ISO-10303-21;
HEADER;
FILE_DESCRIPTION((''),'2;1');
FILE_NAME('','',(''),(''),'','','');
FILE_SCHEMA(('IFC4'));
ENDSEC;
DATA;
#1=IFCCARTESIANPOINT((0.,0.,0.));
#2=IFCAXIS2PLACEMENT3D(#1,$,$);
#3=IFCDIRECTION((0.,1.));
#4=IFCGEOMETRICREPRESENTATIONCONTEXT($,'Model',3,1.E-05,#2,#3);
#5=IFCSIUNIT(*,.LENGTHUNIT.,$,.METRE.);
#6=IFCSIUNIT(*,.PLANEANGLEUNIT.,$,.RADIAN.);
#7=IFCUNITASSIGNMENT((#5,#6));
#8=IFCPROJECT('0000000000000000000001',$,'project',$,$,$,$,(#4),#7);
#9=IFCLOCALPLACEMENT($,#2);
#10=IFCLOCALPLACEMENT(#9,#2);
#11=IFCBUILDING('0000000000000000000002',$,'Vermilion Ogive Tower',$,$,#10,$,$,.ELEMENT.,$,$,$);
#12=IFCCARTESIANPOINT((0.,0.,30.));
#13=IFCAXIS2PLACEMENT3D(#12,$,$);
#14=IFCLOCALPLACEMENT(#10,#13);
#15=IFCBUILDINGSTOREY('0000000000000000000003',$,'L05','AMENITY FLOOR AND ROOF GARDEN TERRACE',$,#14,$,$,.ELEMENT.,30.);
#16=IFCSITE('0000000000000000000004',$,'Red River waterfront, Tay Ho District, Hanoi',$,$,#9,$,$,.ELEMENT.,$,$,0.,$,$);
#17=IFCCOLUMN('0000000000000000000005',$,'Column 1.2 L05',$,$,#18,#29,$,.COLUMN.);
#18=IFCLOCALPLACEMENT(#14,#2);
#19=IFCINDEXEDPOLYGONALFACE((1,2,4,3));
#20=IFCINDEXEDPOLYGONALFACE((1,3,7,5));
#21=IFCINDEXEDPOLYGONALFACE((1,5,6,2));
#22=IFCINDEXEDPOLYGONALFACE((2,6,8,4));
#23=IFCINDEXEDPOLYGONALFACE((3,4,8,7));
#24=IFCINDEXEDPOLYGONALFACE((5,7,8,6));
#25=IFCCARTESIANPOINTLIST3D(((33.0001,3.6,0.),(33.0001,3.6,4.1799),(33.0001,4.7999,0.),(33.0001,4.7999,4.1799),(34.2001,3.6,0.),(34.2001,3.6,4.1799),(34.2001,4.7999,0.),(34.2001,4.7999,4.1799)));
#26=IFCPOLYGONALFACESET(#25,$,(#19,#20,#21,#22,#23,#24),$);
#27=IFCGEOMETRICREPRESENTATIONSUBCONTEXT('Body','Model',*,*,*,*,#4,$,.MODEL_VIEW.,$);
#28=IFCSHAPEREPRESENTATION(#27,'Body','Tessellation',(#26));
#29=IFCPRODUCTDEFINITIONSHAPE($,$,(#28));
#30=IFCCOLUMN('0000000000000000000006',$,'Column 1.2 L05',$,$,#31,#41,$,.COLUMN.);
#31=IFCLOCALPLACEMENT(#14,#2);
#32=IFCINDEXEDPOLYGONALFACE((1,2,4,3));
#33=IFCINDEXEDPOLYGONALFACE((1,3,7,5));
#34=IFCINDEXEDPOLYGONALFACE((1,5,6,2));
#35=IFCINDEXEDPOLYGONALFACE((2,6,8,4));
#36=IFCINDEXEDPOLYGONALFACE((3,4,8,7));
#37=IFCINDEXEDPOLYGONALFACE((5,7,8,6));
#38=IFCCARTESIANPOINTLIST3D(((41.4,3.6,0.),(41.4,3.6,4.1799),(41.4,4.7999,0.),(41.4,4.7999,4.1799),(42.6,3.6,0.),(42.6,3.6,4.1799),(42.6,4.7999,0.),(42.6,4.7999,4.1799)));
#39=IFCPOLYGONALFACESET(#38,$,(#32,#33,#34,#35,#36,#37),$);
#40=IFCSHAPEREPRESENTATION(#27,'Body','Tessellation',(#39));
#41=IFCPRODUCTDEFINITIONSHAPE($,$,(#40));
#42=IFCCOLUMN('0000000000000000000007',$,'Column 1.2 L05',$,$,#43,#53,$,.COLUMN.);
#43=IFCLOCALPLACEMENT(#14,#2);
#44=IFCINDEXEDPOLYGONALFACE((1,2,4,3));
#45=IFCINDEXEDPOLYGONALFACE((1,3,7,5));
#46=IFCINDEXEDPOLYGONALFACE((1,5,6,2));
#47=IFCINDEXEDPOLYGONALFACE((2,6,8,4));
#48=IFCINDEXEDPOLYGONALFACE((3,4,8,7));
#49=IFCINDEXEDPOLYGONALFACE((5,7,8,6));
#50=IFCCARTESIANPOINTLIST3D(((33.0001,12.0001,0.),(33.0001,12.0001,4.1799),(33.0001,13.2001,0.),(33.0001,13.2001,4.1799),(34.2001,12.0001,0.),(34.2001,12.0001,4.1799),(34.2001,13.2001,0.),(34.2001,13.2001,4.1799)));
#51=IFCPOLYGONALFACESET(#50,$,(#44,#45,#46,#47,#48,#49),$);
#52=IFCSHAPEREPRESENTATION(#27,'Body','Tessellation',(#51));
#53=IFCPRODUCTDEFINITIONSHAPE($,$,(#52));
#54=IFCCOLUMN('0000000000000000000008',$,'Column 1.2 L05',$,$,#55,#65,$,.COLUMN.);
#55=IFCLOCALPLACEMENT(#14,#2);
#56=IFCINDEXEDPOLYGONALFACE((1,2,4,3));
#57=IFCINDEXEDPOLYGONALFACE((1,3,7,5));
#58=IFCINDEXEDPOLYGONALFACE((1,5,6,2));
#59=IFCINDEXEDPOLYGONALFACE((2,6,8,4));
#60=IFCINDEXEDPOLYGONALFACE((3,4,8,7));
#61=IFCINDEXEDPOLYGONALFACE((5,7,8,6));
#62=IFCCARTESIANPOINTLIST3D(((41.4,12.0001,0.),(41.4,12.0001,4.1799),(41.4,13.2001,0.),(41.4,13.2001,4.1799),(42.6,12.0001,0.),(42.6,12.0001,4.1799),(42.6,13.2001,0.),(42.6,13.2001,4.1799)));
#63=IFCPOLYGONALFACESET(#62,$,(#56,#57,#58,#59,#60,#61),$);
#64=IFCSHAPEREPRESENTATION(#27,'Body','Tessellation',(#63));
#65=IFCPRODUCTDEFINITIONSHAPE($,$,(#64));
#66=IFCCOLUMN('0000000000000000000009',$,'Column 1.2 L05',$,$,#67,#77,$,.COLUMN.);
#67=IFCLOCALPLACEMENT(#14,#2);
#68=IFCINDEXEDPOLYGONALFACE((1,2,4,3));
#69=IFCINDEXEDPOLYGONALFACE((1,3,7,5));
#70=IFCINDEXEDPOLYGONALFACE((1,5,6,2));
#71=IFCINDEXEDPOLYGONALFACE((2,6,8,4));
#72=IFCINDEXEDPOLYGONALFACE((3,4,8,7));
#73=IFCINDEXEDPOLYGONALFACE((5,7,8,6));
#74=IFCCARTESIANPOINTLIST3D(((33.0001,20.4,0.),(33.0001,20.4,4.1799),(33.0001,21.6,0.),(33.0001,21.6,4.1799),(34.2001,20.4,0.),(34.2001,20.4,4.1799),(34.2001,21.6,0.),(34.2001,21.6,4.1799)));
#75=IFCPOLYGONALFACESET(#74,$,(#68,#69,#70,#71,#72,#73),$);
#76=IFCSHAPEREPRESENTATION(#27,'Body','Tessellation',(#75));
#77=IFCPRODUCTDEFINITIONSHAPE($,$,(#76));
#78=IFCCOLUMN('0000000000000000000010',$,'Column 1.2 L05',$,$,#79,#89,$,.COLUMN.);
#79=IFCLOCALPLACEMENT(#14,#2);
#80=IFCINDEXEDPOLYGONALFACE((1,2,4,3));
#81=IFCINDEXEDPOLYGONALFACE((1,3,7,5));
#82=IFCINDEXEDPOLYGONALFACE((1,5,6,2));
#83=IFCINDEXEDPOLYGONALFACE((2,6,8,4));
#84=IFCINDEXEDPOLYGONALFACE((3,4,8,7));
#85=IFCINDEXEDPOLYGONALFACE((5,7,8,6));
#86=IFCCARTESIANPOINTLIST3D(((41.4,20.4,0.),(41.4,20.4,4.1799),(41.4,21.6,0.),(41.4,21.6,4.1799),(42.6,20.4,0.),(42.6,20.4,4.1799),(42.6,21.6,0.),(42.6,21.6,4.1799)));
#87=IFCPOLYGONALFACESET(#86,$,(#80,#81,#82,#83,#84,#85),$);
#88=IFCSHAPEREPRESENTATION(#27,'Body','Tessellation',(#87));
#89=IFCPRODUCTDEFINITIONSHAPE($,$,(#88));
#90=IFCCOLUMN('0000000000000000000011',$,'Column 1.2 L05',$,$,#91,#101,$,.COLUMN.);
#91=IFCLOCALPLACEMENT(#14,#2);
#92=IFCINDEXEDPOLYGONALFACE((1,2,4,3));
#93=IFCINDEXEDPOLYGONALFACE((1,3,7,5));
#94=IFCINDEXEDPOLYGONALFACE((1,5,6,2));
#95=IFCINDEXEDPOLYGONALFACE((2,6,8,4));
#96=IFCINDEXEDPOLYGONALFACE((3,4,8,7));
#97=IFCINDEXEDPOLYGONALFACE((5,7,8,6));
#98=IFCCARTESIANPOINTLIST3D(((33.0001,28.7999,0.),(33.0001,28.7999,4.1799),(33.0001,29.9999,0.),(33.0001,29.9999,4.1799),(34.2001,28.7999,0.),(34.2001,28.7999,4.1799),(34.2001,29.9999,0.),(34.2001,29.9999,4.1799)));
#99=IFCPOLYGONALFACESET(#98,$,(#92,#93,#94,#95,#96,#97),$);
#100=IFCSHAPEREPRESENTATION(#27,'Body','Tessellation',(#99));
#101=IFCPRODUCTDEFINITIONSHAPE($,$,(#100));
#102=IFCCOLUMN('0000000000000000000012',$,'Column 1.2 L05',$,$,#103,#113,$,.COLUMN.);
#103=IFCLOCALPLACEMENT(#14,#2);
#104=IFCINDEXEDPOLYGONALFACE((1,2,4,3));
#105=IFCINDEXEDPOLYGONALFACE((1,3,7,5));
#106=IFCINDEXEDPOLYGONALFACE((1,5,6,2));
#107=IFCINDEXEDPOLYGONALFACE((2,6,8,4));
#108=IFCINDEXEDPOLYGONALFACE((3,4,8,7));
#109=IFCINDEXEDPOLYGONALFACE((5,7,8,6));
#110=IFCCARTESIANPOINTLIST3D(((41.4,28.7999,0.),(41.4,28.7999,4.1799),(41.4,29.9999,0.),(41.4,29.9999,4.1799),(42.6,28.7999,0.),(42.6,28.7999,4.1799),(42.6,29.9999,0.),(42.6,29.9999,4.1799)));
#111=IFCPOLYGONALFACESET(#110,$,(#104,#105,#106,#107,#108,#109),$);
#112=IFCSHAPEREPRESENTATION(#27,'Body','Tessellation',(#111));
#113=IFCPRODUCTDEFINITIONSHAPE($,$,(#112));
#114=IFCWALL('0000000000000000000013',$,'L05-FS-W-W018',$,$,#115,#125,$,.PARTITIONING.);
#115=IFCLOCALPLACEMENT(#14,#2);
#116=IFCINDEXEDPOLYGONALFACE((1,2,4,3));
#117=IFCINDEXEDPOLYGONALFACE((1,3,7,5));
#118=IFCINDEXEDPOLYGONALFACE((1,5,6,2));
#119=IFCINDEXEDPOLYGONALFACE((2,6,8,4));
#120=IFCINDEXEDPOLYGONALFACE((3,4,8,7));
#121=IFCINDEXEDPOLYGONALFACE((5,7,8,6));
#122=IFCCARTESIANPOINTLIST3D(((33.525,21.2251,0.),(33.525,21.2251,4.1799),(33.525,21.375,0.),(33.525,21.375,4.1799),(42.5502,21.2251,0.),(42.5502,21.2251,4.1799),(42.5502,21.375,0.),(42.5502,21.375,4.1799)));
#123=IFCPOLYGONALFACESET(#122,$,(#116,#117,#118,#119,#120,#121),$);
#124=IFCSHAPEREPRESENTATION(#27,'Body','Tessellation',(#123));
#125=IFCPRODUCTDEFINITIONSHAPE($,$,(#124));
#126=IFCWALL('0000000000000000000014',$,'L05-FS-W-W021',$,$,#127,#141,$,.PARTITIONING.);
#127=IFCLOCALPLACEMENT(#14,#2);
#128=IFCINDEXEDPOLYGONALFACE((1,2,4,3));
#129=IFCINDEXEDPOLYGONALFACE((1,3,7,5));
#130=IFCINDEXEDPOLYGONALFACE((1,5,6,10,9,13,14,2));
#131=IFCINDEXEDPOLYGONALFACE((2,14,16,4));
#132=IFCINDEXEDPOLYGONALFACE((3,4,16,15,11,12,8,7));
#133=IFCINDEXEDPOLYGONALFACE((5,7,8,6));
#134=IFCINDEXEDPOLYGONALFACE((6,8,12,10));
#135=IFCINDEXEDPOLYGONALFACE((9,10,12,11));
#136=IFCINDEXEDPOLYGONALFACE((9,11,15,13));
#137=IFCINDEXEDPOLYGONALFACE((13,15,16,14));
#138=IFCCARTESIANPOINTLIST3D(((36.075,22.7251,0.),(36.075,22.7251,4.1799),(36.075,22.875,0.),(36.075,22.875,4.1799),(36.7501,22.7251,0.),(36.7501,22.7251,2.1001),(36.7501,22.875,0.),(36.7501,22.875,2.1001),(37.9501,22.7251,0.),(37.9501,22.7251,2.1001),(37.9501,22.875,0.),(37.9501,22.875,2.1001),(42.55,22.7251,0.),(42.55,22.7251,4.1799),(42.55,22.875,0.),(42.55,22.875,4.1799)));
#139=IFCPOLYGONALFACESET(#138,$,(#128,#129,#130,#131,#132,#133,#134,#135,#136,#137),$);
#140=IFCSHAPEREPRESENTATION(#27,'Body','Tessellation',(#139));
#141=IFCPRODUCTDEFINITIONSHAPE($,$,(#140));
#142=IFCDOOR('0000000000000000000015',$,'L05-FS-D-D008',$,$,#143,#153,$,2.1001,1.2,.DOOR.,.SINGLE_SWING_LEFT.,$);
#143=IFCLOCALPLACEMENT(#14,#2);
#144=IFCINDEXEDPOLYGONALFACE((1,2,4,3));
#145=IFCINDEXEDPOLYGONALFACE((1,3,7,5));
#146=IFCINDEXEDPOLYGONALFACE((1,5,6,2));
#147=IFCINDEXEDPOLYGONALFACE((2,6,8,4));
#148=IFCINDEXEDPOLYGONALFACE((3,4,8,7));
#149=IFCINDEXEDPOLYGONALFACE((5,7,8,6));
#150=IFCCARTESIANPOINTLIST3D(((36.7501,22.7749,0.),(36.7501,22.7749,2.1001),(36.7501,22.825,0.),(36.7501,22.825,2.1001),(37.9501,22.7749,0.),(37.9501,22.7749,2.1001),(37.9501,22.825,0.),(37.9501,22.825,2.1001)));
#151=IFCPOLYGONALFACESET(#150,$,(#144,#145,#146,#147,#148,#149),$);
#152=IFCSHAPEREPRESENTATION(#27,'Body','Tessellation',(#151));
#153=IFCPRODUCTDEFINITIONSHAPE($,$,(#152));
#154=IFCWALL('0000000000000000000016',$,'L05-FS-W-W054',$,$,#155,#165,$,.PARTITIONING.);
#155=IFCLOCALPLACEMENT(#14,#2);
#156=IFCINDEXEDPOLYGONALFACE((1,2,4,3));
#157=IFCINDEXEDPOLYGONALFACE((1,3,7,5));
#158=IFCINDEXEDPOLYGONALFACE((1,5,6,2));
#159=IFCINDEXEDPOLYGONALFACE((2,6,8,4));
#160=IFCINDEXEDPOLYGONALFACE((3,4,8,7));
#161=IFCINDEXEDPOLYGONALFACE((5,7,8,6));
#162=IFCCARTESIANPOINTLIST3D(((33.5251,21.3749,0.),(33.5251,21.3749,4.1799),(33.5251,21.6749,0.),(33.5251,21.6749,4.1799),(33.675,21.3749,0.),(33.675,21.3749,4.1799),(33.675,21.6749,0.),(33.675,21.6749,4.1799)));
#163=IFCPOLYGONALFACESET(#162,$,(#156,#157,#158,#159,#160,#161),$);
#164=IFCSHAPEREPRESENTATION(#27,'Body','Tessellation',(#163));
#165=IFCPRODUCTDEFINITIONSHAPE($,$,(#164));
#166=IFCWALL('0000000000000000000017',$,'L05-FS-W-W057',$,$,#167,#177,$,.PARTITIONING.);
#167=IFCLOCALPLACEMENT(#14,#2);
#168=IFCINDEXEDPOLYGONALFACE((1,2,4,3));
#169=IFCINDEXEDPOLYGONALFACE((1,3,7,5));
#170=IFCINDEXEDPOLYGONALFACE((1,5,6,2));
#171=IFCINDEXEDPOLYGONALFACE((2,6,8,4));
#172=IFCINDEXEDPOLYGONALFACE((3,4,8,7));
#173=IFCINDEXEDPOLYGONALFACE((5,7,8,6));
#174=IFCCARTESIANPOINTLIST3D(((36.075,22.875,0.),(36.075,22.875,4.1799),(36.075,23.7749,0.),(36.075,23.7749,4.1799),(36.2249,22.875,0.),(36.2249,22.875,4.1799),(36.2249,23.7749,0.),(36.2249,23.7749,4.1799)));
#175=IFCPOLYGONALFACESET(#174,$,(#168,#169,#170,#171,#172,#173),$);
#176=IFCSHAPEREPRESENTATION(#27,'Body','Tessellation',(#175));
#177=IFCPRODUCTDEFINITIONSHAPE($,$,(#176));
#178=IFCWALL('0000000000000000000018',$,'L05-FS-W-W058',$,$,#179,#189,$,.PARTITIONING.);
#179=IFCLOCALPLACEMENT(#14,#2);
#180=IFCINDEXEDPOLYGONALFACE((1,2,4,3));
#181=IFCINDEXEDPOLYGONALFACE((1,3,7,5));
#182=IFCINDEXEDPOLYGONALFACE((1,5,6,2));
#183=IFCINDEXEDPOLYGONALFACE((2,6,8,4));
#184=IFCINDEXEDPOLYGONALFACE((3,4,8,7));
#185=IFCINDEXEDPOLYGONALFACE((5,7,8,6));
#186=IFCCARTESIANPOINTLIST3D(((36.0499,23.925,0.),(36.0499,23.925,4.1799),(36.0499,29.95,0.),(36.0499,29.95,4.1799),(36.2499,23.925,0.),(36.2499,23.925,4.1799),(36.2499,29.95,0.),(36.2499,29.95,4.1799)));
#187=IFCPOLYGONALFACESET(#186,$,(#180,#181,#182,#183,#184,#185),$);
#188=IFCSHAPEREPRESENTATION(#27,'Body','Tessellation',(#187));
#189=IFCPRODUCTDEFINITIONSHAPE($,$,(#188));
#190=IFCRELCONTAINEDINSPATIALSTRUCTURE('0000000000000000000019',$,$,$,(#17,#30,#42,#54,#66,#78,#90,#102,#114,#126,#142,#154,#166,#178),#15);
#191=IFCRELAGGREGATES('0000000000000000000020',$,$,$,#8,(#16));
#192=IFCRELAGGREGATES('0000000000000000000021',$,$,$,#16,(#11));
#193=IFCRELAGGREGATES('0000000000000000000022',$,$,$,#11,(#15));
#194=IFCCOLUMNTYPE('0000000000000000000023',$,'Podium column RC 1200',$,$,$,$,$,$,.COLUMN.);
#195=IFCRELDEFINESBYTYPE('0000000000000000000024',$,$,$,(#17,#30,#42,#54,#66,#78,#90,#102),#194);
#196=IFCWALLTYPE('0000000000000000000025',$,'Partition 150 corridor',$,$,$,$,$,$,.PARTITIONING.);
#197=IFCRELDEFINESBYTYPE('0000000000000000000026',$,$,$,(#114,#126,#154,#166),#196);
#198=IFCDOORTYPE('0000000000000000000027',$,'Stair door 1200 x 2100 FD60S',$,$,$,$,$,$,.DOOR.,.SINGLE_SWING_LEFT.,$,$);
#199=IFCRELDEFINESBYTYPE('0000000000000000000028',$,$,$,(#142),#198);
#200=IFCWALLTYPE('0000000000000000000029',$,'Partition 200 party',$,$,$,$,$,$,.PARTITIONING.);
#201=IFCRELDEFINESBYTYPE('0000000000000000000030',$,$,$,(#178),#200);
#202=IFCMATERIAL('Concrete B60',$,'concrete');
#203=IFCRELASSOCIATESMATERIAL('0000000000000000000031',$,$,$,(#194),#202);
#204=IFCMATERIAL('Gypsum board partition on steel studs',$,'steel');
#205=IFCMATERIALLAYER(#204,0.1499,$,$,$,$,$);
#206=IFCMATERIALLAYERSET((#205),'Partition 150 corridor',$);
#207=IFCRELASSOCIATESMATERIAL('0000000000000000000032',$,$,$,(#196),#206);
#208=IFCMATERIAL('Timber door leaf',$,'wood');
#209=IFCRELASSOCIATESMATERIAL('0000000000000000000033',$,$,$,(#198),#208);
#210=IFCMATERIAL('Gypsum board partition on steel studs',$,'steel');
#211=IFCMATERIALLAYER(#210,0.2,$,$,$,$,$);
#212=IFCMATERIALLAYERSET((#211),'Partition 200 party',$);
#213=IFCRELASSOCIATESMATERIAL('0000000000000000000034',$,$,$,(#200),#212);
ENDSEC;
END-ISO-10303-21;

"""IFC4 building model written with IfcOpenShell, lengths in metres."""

from ifc_helpers import new_model, si_unit, direction, frame, frame_2d, origin, origin_2d, place, context, subcontext, project, spatial, rectangle, extrude, material, layer, layer_set, material_profile, profile_set, type_object, element, fill, save


model = new_model("IFC4")

# Units and contexts
model_context = context("Model", 3, precision=1e-05, world=origin(), true_north=direction((0.0, 1.0)))
body_context = subcontext(model_context, "Body", "Model", "MODEL_VIEW")
ifc_project = project(units=[si_unit("LENGTHUNIT", "METRE"), si_unit("PLANEANGLEUNIT", "RADIAN")], contexts=[model_context])

# Site, building, storey
site_placement = place(None, origin())
site = spatial("IfcSite", under=ifc_project, at=site_placement, Name="Red River waterfront, Tay Ho District, Hanoi", CompositionType="ELEMENT", RefElevation=0.0)
building_placement = place(site_placement, origin())
building = spatial("IfcBuilding", under=site, at=building_placement, Name="Vermilion Ogive Tower", CompositionType="ELEMENT")
storey_placement = place(building_placement, frame((0.0, 0.0, 30.0)))
storey = spatial("IfcBuildingStorey", under=building, at=storey_placement, Name="L05", Description="AMENITY FLOOR AND ROOF GARDEN TERRACE", CompositionType="ELEMENT", Elevation=30.0)

# Columns
ifc_material_1 = material(Name="Concrete B60", Category="concrete")
ifc_material_profile = material_profile(ifc_material_1, rectangle(XDim=1.2, YDim=1.2, at=origin_2d()), Name="RC 1200x1200")
ifc_profile_set = profile_set([ifc_material_profile], Name="Concrete B60")
column_type = type_object("IfcColumnType", Name="Podium column RC 1200", PredefinedType="COLUMN", material=ifc_profile_set)
for number, where, z_axis, x_axis, name in (
    (1, (33.6001, 4.2, 0.0), (0.0, 0.0, 1.0), (1.0, 0.0, 0.0), "Column 1.2 L05"),
    (2, (42.0, 4.2, 0.0), (0.0, 0.0, 1.0), (1.0, 0.0, 0.0), "Column 1.2 L05"),
    (3, (33.6001, 12.6001, 0.0), (0.0, 0.0, 1.0), (1.0, 0.0, 0.0), "Column 1.2 L05"),
    (4, (42.0, 12.6001, 0.0), (0.0, 0.0, 1.0), (1.0, 0.0, 0.0), "Column 1.2 L05"),
    (5, (33.6001, 21.0, 0.0), (0.0, 0.0, 1.0), (1.0, 0.0, 0.0), "Column 1.2 L05"),
    (6, (42.0, 21.0, 0.0), (0.0, 0.0, 1.0), (1.0, 0.0, 0.0), "Column 1.2 L05"),
    (7, (33.6001, 29.3999, 0.0), (0.0, 0.0, 1.0), (1.0, 0.0, 0.0), "Column 1.2 L05"),
    (8, (42.0, 29.3999, 0.0), (0.0, 0.0, 1.0), (1.0, 0.0, 0.0), "Column 1.2 L05"),
):
    element("IfcColumn", number, at=place(storey_placement, frame(where, z_axis=z_axis, x_axis=x_axis)), inside=storey, type_object=column_type, Name=name, PredefinedType="COLUMN", context=body_context, shape_type="SweptSolid", body=[
        extrude(rectangle(XDim=1.2, YDim=1.2, at=origin_2d()), origin(), (0.0, 0.0, 1.0), 4.1799),
    ])

# Wall
ifc_material_2 = material(Name="Gypsum board partition on steel studs", Category="steel")
ifc_layer_1 = layer(ifc_material_2, 0.1499)
ifc_layer_set_1 = layer_set([ifc_layer_1], Name="Partition 150 corridor")
wall_type_1 = type_object("IfcWallType", Name="Partition 150 corridor", PredefinedType="PARTITIONING", material=ifc_layer_set_1)
wall_1_placement = place(storey_placement, frame((33.5249, 21.3, 0.0), z_axis=(0.0, 0.0, 1.0), x_axis=(1.0, 0.0, 0.0)))
element("IfcWall", 9, at=wall_1_placement, inside=storey, type_object=wall_type_1, Name="L05-FS-W-W018", PredefinedType="PARTITIONING", context=body_context, shape_type="SweptSolid", body=[
    extrude(rectangle(XDim=9.0251, YDim=0.1499, at=frame_2d((4.5127, 0.0))), origin(), (0.0, 0.0, 1.0), 4.1799),
])

# Wall, opening, door
wall_2_placement = place(storey_placement, frame((36.075, 22.8, 0.0), z_axis=(0.0, 0.0, 1.0), x_axis=(1.0, 0.0, 0.0)))
wall_2 = element("IfcWall", 10, at=wall_2_placement, inside=storey, type_object=wall_type_1, Name="L05-FS-W-W021", PredefinedType="PARTITIONING", context=body_context, shape_type="SweptSolid", body=[
    extrude(rectangle(XDim=6.4751, YDim=0.1499, at=frame_2d((3.2375, 0.0))), origin(), (0.0, 0.0, 1.0), 4.1799),
])
opening_1_placement = place(wall_2_placement, frame((0.675, 0.0, 0.0)))
opening_1 = element("IfcOpeningElement", 11, at=opening_1_placement, cuts=wall_2, PredefinedType="OPENING", context=body_context, shape_type="SweptSolid", body=[
    extrude(rectangle(XDim=1.2, YDim=2.1001, at=frame_2d((0.6001, 1.05))), frame((0.0, 0.085, 0.0), z_axis=(0.0, -1.0, 0.0), x_axis=(1.0, 0.0, 0.0)), (0.0, 0.0, 1.0), 0.1699),
])
ifc_material_3 = material(Name="Timber door leaf", Category="wood")
door_type_1 = type_object("IfcDoorType", Name="Stair door 1200 x 2100 FD60S", OperationType="SINGLE_SWING_LEFT", PredefinedType="DOOR", material=ifc_material_3)
door_1_placement = place(opening_1_placement, origin())
door_1 = element("IfcDoor", 12, at=door_1_placement, inside=storey, type_object=door_type_1, Name="L05-FS-D-D008", OperationType="SINGLE_SWING_LEFT", OverallHeight=2.1001, OverallWidth=1.2, PredefinedType="DOOR", context=body_context, shape_type="SweptSolid", body=[
    extrude(rectangle(XDim=1.2, YDim=2.1001, at=frame_2d((0.6001, 1.05))), frame((0.0, 0.0249, 0.0), z_axis=(0.0, -1.0, 0.0), x_axis=(1.0, 0.0, 0.0)), (0.0, 0.0, 1.0), 0.05),
])
fill(opening_1, door_1)

# Walls
wall_3_placement = place(storey_placement, frame((33.6001, 21.375, 0.0), z_axis=(0.0, 0.0, 1.0), x_axis=(0.0, 1.0, 0.0)))
element("IfcWall", 13, at=wall_3_placement, inside=storey, type_object=wall_type_1, Name="L05-FS-W-W054", PredefinedType="PARTITIONING", context=body_context, shape_type="SweptSolid", body=[
    extrude(rectangle(XDim=0.3, YDim=0.1499, at=frame_2d((0.1499, 0.0))), origin(), (0.0, 0.0, 1.0), 4.1799),
])
wall_4_placement = place(storey_placement, frame((36.1499, 22.875, 0.0), z_axis=(0.0, 0.0, 1.0), x_axis=(0.0, 1.0, 0.0)))
element("IfcWall", 14, at=wall_4_placement, inside=storey, type_object=wall_type_1, Name="L05-FS-W-W057", PredefinedType="PARTITIONING", context=body_context, shape_type="SweptSolid", body=[
    extrude(rectangle(XDim=0.8999, YDim=0.1499, at=frame_2d((0.45, 0.0))), origin(), (0.0, 0.0, 1.0), 4.1799),
])
ifc_material_4 = material(Name="Gypsum board partition on steel studs", Category="steel")
ifc_layer_2 = layer(ifc_material_4, 0.2)
ifc_layer_set_2 = layer_set([ifc_layer_2], Name="Partition 200 party")
wall_type_2 = type_object("IfcWallType", Name="Partition 200 party", PredefinedType="PARTITIONING", material=ifc_layer_set_2)
wall_5_placement = place(storey_placement, frame((36.1499, 23.925, 0.0), z_axis=(0.0, 0.0, 1.0), x_axis=(0.0, 1.0, 0.0)))
element("IfcWall", 15, at=wall_5_placement, inside=storey, type_object=wall_type_2, Name="L05-FS-W-W058", PredefinedType="PARTITIONING", context=body_context, shape_type="SweptSolid", body=[
    extrude(rectangle(XDim=6.0249, YDim=0.2, at=frame_2d((3.0125, 0.0))), origin(), (0.0, 0.0, 1.0), 4.1799),
])

save(model, "model.ifc")
